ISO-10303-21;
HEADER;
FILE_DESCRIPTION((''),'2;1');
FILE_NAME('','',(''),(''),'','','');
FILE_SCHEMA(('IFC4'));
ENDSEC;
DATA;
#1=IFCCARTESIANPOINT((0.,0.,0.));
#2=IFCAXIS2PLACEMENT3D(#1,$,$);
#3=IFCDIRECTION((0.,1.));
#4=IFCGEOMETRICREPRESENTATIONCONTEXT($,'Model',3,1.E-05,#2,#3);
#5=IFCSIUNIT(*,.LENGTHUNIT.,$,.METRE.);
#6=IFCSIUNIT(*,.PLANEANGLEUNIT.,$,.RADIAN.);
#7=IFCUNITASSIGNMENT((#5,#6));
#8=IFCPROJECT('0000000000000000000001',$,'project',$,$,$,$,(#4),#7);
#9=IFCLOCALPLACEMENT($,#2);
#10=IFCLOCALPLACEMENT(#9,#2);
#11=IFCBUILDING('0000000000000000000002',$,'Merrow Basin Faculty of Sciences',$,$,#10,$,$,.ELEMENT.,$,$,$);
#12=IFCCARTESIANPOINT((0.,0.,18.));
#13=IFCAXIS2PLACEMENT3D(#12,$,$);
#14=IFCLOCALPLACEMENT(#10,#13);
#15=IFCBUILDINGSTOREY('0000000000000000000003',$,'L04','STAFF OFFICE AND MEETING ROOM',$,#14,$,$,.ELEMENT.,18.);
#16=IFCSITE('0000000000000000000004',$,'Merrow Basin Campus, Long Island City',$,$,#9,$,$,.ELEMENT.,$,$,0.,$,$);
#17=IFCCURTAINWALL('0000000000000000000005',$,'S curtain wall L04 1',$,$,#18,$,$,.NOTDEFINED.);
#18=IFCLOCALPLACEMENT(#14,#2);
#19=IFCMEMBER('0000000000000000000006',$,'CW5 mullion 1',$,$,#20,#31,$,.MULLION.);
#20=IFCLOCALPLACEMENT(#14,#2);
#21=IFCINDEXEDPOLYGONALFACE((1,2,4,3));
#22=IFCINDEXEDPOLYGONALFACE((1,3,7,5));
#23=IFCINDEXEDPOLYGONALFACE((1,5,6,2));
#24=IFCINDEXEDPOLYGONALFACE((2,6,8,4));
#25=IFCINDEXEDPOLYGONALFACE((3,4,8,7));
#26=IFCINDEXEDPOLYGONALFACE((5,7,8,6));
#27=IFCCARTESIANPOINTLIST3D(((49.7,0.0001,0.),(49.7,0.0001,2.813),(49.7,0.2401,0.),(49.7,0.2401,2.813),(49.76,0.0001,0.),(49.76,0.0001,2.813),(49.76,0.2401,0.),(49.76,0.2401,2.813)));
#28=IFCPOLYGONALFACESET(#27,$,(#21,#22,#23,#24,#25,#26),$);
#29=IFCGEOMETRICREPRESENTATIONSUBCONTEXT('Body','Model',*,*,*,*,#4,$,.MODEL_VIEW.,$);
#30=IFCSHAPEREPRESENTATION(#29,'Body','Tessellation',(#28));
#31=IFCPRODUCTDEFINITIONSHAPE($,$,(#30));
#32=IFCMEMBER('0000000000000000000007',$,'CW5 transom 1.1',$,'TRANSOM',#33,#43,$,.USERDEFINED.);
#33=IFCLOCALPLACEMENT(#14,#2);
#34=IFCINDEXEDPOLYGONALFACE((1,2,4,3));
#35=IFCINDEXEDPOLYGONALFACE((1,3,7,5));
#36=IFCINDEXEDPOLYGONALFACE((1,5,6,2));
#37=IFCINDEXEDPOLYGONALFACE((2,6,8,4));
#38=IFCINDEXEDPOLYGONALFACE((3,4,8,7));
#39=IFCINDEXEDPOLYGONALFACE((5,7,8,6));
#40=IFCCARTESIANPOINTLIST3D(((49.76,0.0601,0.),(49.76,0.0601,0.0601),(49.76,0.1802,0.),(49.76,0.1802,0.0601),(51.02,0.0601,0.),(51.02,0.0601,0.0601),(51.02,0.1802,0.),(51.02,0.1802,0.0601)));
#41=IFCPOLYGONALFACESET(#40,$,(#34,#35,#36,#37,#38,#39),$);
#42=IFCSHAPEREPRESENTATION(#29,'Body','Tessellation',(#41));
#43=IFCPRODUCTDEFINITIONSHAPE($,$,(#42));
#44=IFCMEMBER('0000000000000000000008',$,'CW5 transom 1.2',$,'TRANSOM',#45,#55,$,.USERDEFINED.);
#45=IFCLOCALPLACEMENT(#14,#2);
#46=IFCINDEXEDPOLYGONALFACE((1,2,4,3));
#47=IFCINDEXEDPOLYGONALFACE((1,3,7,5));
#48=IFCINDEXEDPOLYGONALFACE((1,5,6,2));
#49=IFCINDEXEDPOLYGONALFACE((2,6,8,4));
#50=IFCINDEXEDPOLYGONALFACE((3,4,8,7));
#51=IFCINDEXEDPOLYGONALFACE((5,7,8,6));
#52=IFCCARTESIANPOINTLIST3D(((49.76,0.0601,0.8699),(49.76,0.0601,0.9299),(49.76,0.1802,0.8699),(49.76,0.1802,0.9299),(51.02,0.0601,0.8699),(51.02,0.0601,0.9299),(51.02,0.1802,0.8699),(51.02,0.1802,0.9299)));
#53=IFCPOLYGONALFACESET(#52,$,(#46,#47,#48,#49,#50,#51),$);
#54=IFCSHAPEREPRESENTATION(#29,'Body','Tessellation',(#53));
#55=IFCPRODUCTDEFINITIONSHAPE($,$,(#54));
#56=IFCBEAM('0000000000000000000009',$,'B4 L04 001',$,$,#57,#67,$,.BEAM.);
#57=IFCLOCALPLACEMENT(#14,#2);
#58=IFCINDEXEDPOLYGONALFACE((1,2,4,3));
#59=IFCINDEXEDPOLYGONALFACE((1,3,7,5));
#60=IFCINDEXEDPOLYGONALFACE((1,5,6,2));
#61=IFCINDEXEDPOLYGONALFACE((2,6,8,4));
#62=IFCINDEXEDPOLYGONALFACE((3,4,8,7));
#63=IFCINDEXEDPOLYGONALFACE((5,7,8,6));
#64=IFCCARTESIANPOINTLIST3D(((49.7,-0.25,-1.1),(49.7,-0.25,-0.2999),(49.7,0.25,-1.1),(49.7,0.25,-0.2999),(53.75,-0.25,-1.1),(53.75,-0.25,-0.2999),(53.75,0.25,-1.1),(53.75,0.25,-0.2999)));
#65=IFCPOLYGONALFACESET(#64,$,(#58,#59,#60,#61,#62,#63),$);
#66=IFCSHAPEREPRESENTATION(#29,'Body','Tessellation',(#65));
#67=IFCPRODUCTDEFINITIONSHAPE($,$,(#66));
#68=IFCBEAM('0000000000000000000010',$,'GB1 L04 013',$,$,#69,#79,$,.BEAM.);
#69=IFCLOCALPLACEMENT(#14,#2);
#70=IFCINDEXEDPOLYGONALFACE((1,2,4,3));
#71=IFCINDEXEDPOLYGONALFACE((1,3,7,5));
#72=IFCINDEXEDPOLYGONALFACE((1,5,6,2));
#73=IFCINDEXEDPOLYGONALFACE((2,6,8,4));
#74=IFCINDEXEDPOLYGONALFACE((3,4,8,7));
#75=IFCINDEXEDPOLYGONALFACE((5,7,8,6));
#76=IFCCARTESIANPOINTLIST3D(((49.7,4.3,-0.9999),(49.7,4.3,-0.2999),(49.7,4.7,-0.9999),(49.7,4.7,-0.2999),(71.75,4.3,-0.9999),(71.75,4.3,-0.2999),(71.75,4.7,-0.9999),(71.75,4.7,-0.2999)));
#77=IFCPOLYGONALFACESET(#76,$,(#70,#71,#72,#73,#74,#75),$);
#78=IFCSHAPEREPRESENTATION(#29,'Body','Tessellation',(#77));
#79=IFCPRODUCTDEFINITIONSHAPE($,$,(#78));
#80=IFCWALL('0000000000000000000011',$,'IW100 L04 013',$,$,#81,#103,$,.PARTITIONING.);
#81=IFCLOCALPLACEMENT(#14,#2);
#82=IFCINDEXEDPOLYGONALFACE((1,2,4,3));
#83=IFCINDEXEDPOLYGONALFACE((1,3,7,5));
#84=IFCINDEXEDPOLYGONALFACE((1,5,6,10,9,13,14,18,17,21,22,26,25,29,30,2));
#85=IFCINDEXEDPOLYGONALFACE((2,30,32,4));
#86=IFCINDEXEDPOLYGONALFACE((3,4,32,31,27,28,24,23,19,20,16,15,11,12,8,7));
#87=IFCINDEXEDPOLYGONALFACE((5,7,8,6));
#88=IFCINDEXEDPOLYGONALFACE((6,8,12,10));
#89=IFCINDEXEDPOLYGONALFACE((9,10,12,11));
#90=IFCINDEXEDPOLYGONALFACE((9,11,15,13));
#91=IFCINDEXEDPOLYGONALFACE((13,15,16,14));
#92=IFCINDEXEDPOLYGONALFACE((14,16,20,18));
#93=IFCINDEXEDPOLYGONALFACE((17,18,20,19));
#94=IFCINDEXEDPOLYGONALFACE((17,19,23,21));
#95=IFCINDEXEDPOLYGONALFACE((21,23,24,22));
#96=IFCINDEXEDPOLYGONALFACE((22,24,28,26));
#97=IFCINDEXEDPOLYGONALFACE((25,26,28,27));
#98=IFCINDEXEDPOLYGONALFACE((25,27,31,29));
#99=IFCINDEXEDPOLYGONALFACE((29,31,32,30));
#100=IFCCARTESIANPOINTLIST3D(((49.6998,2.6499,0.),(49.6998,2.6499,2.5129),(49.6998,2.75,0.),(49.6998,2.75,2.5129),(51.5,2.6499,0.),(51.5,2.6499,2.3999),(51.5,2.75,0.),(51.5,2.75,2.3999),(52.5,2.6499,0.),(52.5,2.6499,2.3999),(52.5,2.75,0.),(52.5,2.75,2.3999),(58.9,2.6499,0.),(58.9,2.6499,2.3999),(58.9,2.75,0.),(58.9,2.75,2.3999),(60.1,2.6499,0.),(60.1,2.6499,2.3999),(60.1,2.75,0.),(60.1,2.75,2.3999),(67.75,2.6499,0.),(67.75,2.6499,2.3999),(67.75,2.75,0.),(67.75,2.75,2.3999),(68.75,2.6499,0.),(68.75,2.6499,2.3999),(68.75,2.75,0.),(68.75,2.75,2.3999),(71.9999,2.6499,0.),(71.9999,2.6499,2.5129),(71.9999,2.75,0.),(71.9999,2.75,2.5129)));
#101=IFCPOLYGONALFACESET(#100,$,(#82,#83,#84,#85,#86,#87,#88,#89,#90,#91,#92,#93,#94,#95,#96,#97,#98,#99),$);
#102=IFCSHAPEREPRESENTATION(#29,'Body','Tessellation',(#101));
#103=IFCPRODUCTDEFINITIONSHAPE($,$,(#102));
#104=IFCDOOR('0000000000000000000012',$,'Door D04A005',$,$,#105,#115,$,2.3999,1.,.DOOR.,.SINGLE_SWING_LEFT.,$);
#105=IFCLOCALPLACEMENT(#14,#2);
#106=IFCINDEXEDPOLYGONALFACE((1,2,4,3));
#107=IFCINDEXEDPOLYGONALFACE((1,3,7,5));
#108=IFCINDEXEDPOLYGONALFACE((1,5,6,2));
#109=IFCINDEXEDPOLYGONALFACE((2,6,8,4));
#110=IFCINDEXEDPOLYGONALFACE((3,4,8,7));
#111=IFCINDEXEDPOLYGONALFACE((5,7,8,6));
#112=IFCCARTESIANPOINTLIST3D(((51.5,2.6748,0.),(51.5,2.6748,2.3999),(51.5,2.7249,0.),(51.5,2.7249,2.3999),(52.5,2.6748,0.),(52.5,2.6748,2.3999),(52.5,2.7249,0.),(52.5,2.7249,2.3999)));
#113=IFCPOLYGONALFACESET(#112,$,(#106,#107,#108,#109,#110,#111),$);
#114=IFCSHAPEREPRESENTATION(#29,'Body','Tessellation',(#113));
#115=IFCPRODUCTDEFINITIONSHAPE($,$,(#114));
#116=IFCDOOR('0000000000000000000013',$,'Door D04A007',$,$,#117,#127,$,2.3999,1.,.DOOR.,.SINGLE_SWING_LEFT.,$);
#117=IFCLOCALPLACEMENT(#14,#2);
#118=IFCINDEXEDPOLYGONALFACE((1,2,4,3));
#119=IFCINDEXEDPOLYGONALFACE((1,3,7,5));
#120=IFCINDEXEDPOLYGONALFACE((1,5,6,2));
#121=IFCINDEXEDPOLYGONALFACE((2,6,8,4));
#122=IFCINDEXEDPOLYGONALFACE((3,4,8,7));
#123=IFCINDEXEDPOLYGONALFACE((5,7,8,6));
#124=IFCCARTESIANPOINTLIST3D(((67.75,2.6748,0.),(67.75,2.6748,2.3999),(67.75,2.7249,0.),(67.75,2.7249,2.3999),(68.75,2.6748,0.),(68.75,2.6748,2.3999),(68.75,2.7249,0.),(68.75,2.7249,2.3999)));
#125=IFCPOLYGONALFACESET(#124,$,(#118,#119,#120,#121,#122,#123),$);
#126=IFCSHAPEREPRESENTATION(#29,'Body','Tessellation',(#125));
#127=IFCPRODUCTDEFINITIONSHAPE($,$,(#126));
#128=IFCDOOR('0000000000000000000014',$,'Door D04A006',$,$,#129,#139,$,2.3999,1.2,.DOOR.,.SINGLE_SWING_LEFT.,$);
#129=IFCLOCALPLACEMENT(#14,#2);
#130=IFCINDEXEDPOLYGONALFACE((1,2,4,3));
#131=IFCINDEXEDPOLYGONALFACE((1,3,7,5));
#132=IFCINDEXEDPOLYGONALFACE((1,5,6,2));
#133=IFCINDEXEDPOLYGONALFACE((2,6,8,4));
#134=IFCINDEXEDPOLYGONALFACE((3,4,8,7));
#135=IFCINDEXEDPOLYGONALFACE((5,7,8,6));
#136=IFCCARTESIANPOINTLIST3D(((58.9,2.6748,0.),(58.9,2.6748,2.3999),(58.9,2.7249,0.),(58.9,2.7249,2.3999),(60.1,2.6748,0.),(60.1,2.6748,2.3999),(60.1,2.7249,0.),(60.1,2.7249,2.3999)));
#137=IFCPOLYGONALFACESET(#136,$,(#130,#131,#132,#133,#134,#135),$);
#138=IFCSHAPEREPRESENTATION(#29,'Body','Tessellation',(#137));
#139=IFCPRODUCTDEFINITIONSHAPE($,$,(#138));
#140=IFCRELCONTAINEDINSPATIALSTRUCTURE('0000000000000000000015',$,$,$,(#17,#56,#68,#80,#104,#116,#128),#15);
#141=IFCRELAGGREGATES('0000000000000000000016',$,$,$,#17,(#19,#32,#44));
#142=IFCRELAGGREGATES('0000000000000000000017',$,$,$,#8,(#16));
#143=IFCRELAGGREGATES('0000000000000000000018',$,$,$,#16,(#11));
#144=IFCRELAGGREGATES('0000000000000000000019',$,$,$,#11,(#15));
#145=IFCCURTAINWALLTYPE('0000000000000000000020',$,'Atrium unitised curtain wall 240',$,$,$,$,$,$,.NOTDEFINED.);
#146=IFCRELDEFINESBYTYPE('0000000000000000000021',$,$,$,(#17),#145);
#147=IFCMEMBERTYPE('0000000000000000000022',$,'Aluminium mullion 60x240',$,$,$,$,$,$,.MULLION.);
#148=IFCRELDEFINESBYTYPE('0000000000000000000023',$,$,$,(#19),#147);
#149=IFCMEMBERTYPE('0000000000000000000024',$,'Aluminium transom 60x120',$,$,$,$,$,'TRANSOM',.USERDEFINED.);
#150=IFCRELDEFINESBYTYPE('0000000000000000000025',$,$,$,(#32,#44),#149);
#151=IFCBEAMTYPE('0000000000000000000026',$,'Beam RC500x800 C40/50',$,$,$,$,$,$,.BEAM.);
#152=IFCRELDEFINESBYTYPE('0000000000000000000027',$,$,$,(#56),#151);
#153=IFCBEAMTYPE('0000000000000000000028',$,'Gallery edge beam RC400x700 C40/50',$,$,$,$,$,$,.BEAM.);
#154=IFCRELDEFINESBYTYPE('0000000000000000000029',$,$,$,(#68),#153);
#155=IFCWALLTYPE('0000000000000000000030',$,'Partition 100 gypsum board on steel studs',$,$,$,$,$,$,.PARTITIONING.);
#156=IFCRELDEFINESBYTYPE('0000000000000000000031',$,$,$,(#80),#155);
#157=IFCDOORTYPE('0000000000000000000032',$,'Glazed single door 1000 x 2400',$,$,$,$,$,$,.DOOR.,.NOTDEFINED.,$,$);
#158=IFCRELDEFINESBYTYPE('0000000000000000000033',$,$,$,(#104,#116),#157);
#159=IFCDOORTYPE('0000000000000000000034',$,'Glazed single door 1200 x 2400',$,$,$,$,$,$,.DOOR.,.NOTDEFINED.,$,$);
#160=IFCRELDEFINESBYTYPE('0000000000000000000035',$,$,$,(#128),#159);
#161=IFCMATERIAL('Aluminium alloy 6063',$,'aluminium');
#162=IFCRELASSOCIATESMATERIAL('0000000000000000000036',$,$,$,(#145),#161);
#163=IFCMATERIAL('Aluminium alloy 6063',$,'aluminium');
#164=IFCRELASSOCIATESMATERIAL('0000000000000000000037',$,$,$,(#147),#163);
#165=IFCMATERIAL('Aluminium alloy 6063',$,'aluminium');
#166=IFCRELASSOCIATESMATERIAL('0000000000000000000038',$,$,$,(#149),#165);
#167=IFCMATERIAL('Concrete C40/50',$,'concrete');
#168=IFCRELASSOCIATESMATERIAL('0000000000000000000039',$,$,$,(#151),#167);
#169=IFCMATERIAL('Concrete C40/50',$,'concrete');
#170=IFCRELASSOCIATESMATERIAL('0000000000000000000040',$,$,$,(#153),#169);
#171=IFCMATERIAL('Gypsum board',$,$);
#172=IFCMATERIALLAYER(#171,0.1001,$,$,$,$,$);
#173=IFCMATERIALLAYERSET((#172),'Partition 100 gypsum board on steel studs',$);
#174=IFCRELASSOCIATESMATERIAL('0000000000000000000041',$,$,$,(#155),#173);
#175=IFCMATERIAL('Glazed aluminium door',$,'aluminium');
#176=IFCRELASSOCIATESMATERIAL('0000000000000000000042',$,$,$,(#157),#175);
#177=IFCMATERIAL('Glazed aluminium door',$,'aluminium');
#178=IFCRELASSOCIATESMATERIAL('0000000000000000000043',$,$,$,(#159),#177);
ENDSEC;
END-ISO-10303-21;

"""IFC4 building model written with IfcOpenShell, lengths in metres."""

from ifc_helpers import new_model, si_unit, direction, frame, frame_2d, origin, origin_2d, place, context, subcontext, project, spatial, rectangle, extrude, material, layer, layer_set, material_profile, profile_set, type_object, element, fill, aggregate, save


model = new_model("IFC4")

# Units and contexts
model_context = context("Model", 3, precision=1e-05, world=origin(), true_north=direction((0.0, 1.0)))
body_context = subcontext(model_context, "Body", "Model", "MODEL_VIEW")
ifc_project = project(units=[si_unit("LENGTHUNIT", "METRE"), si_unit("PLANEANGLEUNIT", "RADIAN")], contexts=[model_context])

# Site, building, storey
site_placement = place(None, origin())
site = spatial("IfcSite", under=ifc_project, at=site_placement, Name="Merrow Basin Campus, Long Island City", CompositionType="ELEMENT", RefElevation=0.0)
building_placement = place(site_placement, origin())
building = spatial("IfcBuilding", under=site, at=building_placement, Name="Merrow Basin Faculty of Sciences", CompositionType="ELEMENT")
storey_placement = place(building_placement, frame((0.0, 0.0, 18.0)))
storey = spatial("IfcBuildingStorey", under=building, at=storey_placement, Name="L04", Description="STAFF OFFICE AND MEETING ROOM", CompositionType="ELEMENT", Elevation=18.0)

# Curtain wall, members
ifc_material_1 = material(Name="Aluminium alloy 6063", Category="aluminium")
curtain_wall_type = type_object("IfcCurtainWallType", Name="Atrium unitised curtain wall 240", PredefinedType="NOTDEFINED", material=ifc_material_1)
curtain_wall_placement = place(storey_placement, origin())
curtain_wall = element("IfcCurtainWall", 1, at=curtain_wall_placement, inside=storey, type_object=curtain_wall_type, Name="S curtain wall L04 1", PredefinedType="NOTDEFINED")
ifc_material_2 = material(Name="Aluminium alloy 6063", Category="aluminium")
ifc_material_profile_1 = material_profile(ifc_material_2, rectangle(XDim=0.24, YDim=0.0601, at=origin_2d()))
ifc_profile_set_1 = profile_set([ifc_material_profile_1], Name="Aluminium alloy 6063")
member_type_1 = type_object("IfcMemberType", Name="Aluminium mullion 60x240", PredefinedType="MULLION", material=ifc_profile_set_1)
member_1_placement = place(storey_placement, frame((49.73, 0.1201, 0.0), z_axis=(0.0, 0.0, 1.0), x_axis=(0.0, 1.0, 0.0)))
member_1 = element("IfcMember", 2, at=member_1_placement, type_object=member_type_1, Name="CW5 mullion 1", PredefinedType="MULLION", context=body_context, shape_type="SweptSolid", body=[
    extrude(rectangle(XDim=0.24, YDim=0.0601, at=origin_2d()), origin(), (0.0, 0.0, 1.0), 2.813),
])
ifc_material_3 = material(Name="Aluminium alloy 6063", Category="aluminium")
ifc_material_profile_2 = material_profile(ifc_material_3, rectangle(XDim=0.1201, YDim=0.0601, at=origin_2d()))
ifc_profile_set_2 = profile_set([ifc_material_profile_2], Name="Aluminium alloy 6063")
member_type_2 = type_object("IfcMemberType", Name="Aluminium transom 60x120", ElementType="TRANSOM", PredefinedType="USERDEFINED", material=ifc_profile_set_2)
member_2_placement = place(storey_placement, frame((49.76, 0.1201, 0.03), z_axis=(1.0, 0.0, 0.0), x_axis=(0.0, 1.0, 0.0)))
member_2 = element("IfcMember", 3, at=member_2_placement, type_object=member_type_2, Name="CW5 transom 1.1", ObjectType="TRANSOM", PredefinedType="USERDEFINED", context=body_context, shape_type="SweptSolid", body=[
    extrude(rectangle(XDim=0.1201, YDim=0.0601, at=origin_2d()), origin(), (0.0, 0.0, 1.0), 1.26),
])
member_3_placement = place(storey_placement, frame((49.76, 0.1201, 0.8999), z_axis=(1.0, 0.0, 0.0), x_axis=(0.0, 1.0, 0.0)))
member_3 = element("IfcMember", 4, at=member_3_placement, type_object=member_type_2, Name="CW5 transom 1.2", ObjectType="TRANSOM", PredefinedType="USERDEFINED", context=body_context, shape_type="SweptSolid", body=[
    extrude(rectangle(XDim=0.1201, YDim=0.0601, at=origin_2d()), origin(), (0.0, 0.0, 1.0), 1.26),
])
aggregate(curtain_wall, [member_1, member_2, member_3])

# Beams
ifc_material_4 = material(Name="Concrete C40/50", Category="concrete")
ifc_material_profile_3 = material_profile(ifc_material_4, rectangle(XDim=0.5, YDim=0.8, at=origin_2d()))
ifc_profile_set_3 = profile_set([ifc_material_profile_3], Name="Concrete C40/50")
beam_type_1 = type_object("IfcBeamType", Name="Beam RC500x800 C40/50", PredefinedType="BEAM", material=ifc_profile_set_3)
beam_1_placement = place(storey_placement, frame((49.7, 0.0, -0.7), z_axis=(1.0, 0.0, 0.0), x_axis=(0.0, 1.0, 0.0)))
element("IfcBeam", 5, at=beam_1_placement, inside=storey, type_object=beam_type_1, Name="B4 L04 001", PredefinedType="BEAM", context=body_context, shape_type="SweptSolid", body=[
    extrude(rectangle(XDim=0.5, YDim=0.8, at=origin_2d()), origin(), (0.0, 0.0, 1.0), 4.05),
])
ifc_material_5 = material(Name="Concrete C40/50", Category="concrete")
ifc_material_profile_4 = material_profile(ifc_material_5, rectangle(XDim=0.3999, YDim=0.7, at=origin_2d()))
ifc_profile_set_4 = profile_set([ifc_material_profile_4], Name="Concrete C40/50")
beam_type_2 = type_object("IfcBeamType", Name="Gallery edge beam RC400x700 C40/50", PredefinedType="BEAM", material=ifc_profile_set_4)
beam_2_placement = place(storey_placement, frame((49.7, 4.5, -0.6499), z_axis=(1.0, 0.0, 0.0), x_axis=(0.0, 1.0, 0.0)))
element("IfcBeam", 6, at=beam_2_placement, inside=storey, type_object=beam_type_2, Name="GB1 L04 013", PredefinedType="BEAM", context=body_context, shape_type="SweptSolid", body=[
    extrude(rectangle(XDim=0.3999, YDim=0.7, at=origin_2d()), origin(), (0.0, 0.0, 1.0), 22.05),
])

# Wall, openings, doors
ifc_material_6 = material(Name="Gypsum board")
ifc_layer_1 = layer(ifc_material_6, 0.1001)
ifc_layer_set_1 = layer_set([ifc_layer_1], Name="Partition 100 gypsum board on steel studs")
wall_type_1 = type_object("IfcWallType", Name="Partition 100 gypsum board on steel studs", PredefinedType="PARTITIONING", material=ifc_layer_set_1)
wall_1_placement = place(storey_placement, frame((49.7, 2.7, 0.0), z_axis=(0.0, 0.0, 1.0), x_axis=(1.0, 0.0, 0.0)))
wall_1 = element("IfcWall", 7, at=wall_1_placement, inside=storey, type_object=wall_type_1, Name="IW100 L04 013", PredefinedType="PARTITIONING", context=body_context, shape_type="SweptSolid", body=[
    extrude(rectangle(XDim=22.3, YDim=0.1001, at=frame_2d((11.1499, 0.0))), origin(), (0.0, 0.0, 1.0), 2.5129),
])
opening_1_placement = place(wall_1_placement, frame((1.8, 0.0, 0.0)))
opening_1 = element("IfcOpeningElement", 8, at=opening_1_placement, cuts=wall_1, PredefinedType="OPENING", context=body_context, shape_type="SweptSolid", body=[
    extrude(rectangle(XDim=1.0, YDim=2.3999, at=frame_2d((0.5, 1.2))), frame((0.0, 0.0601, 0.0), z_axis=(0.0, -1.0, 0.0), x_axis=(1.0, 0.0, 0.0)), (0.0, 0.0, 1.0), 0.1201),
])
opening_2_placement = place(wall_1_placement, frame((9.2, 0.0, 0.0)))
opening_2 = element("IfcOpeningElement", 9, at=opening_2_placement, cuts=wall_1, PredefinedType="OPENING", context=body_context, shape_type="SweptSolid", body=[
    extrude(rectangle(XDim=1.2, YDim=2.3999, at=frame_2d((0.6001, 1.2))), frame((0.0, 0.0601, 0.0), z_axis=(0.0, -1.0, 0.0), x_axis=(1.0, 0.0, 0.0)), (0.0, 0.0, 1.0), 0.1201),
])
opening_3_placement = place(wall_1_placement, frame((18.05, 0.0, 0.0)))
opening_3 = element("IfcOpeningElement", 10, at=opening_3_placement, cuts=wall_1, PredefinedType="OPENING", context=body_context, shape_type="SweptSolid", body=[
    extrude(rectangle(XDim=1.0, YDim=2.3999, at=frame_2d((0.5, 1.2))), frame((0.0, 0.0601, 0.0), z_axis=(0.0, -1.0, 0.0), x_axis=(1.0, 0.0, 0.0)), (0.0, 0.0, 1.0), 0.1201),
])
ifc_material_7 = material(Name="Glazed aluminium door", Category="aluminium")
door_type_1 = type_object("IfcDoorType", Name="Glazed single door 1000 x 2400", OperationType="NOTDEFINED", PredefinedType="DOOR", material=ifc_material_7)
door_1_placement = place(opening_1_placement, origin())
door_1 = element("IfcDoor", 11, at=door_1_placement, inside=storey, type_object=door_type_1, Name="Door D04A005", OperationType="SINGLE_SWING_LEFT", OverallHeight=2.3999, OverallWidth=1.0, PredefinedType="DOOR", context=body_context, shape_type="SweptSolid", body=[
    extrude(rectangle(XDim=1.0, YDim=2.3999, at=frame_2d((0.5, 1.2))), frame((0.0, 0.0249, 0.0), z_axis=(0.0, -1.0, 0.0), x_axis=(1.0, 0.0, 0.0)), (0.0, 0.0, 1.0), 0.05),
])
fill(opening_1, door_1)
door_2_placement = place(opening_3_placement, origin())
door_2 = element("IfcDoor", 12, at=door_2_placement, inside=storey, type_object=door_type_1, Name="Door D04A007", OperationType="SINGLE_SWING_LEFT", OverallHeight=2.3999, OverallWidth=1.0, PredefinedType="DOOR", context=body_context, shape_type="SweptSolid", body=[
    extrude(rectangle(XDim=1.0, YDim=2.3999, at=frame_2d((0.5, 1.2))), frame((0.0, 0.0249, 0.0), z_axis=(0.0, -1.0, 0.0), x_axis=(1.0, 0.0, 0.0)), (0.0, 0.0, 1.0), 0.05),
])
fill(opening_3, door_2)
ifc_material_8 = material(Name="Glazed aluminium door", Category="aluminium")
door_type_2 = type_object("IfcDoorType", Name="Glazed single door 1200 x 2400", OperationType="NOTDEFINED", PredefinedType="DOOR", material=ifc_material_8)
door_3_placement = place(opening_2_placement, origin())
door_3 = element("IfcDoor", 13, at=door_3_placement, inside=storey, type_object=door_type_2, Name="Door D04A006", OperationType="SINGLE_SWING_LEFT", OverallHeight=2.3999, OverallWidth=1.2, PredefinedType="DOOR", context=body_context, shape_type="SweptSolid", body=[
    extrude(rectangle(XDim=1.2, YDim=2.3999, at=frame_2d((0.6001, 1.2))), frame((0.0, 0.0249, 0.0), z_axis=(0.0, -1.0, 0.0), x_axis=(1.0, 0.0, 0.0)), (0.0, 0.0, 1.0), 0.05),
])
fill(opening_2, door_3)

save(model, "model.ifc")
